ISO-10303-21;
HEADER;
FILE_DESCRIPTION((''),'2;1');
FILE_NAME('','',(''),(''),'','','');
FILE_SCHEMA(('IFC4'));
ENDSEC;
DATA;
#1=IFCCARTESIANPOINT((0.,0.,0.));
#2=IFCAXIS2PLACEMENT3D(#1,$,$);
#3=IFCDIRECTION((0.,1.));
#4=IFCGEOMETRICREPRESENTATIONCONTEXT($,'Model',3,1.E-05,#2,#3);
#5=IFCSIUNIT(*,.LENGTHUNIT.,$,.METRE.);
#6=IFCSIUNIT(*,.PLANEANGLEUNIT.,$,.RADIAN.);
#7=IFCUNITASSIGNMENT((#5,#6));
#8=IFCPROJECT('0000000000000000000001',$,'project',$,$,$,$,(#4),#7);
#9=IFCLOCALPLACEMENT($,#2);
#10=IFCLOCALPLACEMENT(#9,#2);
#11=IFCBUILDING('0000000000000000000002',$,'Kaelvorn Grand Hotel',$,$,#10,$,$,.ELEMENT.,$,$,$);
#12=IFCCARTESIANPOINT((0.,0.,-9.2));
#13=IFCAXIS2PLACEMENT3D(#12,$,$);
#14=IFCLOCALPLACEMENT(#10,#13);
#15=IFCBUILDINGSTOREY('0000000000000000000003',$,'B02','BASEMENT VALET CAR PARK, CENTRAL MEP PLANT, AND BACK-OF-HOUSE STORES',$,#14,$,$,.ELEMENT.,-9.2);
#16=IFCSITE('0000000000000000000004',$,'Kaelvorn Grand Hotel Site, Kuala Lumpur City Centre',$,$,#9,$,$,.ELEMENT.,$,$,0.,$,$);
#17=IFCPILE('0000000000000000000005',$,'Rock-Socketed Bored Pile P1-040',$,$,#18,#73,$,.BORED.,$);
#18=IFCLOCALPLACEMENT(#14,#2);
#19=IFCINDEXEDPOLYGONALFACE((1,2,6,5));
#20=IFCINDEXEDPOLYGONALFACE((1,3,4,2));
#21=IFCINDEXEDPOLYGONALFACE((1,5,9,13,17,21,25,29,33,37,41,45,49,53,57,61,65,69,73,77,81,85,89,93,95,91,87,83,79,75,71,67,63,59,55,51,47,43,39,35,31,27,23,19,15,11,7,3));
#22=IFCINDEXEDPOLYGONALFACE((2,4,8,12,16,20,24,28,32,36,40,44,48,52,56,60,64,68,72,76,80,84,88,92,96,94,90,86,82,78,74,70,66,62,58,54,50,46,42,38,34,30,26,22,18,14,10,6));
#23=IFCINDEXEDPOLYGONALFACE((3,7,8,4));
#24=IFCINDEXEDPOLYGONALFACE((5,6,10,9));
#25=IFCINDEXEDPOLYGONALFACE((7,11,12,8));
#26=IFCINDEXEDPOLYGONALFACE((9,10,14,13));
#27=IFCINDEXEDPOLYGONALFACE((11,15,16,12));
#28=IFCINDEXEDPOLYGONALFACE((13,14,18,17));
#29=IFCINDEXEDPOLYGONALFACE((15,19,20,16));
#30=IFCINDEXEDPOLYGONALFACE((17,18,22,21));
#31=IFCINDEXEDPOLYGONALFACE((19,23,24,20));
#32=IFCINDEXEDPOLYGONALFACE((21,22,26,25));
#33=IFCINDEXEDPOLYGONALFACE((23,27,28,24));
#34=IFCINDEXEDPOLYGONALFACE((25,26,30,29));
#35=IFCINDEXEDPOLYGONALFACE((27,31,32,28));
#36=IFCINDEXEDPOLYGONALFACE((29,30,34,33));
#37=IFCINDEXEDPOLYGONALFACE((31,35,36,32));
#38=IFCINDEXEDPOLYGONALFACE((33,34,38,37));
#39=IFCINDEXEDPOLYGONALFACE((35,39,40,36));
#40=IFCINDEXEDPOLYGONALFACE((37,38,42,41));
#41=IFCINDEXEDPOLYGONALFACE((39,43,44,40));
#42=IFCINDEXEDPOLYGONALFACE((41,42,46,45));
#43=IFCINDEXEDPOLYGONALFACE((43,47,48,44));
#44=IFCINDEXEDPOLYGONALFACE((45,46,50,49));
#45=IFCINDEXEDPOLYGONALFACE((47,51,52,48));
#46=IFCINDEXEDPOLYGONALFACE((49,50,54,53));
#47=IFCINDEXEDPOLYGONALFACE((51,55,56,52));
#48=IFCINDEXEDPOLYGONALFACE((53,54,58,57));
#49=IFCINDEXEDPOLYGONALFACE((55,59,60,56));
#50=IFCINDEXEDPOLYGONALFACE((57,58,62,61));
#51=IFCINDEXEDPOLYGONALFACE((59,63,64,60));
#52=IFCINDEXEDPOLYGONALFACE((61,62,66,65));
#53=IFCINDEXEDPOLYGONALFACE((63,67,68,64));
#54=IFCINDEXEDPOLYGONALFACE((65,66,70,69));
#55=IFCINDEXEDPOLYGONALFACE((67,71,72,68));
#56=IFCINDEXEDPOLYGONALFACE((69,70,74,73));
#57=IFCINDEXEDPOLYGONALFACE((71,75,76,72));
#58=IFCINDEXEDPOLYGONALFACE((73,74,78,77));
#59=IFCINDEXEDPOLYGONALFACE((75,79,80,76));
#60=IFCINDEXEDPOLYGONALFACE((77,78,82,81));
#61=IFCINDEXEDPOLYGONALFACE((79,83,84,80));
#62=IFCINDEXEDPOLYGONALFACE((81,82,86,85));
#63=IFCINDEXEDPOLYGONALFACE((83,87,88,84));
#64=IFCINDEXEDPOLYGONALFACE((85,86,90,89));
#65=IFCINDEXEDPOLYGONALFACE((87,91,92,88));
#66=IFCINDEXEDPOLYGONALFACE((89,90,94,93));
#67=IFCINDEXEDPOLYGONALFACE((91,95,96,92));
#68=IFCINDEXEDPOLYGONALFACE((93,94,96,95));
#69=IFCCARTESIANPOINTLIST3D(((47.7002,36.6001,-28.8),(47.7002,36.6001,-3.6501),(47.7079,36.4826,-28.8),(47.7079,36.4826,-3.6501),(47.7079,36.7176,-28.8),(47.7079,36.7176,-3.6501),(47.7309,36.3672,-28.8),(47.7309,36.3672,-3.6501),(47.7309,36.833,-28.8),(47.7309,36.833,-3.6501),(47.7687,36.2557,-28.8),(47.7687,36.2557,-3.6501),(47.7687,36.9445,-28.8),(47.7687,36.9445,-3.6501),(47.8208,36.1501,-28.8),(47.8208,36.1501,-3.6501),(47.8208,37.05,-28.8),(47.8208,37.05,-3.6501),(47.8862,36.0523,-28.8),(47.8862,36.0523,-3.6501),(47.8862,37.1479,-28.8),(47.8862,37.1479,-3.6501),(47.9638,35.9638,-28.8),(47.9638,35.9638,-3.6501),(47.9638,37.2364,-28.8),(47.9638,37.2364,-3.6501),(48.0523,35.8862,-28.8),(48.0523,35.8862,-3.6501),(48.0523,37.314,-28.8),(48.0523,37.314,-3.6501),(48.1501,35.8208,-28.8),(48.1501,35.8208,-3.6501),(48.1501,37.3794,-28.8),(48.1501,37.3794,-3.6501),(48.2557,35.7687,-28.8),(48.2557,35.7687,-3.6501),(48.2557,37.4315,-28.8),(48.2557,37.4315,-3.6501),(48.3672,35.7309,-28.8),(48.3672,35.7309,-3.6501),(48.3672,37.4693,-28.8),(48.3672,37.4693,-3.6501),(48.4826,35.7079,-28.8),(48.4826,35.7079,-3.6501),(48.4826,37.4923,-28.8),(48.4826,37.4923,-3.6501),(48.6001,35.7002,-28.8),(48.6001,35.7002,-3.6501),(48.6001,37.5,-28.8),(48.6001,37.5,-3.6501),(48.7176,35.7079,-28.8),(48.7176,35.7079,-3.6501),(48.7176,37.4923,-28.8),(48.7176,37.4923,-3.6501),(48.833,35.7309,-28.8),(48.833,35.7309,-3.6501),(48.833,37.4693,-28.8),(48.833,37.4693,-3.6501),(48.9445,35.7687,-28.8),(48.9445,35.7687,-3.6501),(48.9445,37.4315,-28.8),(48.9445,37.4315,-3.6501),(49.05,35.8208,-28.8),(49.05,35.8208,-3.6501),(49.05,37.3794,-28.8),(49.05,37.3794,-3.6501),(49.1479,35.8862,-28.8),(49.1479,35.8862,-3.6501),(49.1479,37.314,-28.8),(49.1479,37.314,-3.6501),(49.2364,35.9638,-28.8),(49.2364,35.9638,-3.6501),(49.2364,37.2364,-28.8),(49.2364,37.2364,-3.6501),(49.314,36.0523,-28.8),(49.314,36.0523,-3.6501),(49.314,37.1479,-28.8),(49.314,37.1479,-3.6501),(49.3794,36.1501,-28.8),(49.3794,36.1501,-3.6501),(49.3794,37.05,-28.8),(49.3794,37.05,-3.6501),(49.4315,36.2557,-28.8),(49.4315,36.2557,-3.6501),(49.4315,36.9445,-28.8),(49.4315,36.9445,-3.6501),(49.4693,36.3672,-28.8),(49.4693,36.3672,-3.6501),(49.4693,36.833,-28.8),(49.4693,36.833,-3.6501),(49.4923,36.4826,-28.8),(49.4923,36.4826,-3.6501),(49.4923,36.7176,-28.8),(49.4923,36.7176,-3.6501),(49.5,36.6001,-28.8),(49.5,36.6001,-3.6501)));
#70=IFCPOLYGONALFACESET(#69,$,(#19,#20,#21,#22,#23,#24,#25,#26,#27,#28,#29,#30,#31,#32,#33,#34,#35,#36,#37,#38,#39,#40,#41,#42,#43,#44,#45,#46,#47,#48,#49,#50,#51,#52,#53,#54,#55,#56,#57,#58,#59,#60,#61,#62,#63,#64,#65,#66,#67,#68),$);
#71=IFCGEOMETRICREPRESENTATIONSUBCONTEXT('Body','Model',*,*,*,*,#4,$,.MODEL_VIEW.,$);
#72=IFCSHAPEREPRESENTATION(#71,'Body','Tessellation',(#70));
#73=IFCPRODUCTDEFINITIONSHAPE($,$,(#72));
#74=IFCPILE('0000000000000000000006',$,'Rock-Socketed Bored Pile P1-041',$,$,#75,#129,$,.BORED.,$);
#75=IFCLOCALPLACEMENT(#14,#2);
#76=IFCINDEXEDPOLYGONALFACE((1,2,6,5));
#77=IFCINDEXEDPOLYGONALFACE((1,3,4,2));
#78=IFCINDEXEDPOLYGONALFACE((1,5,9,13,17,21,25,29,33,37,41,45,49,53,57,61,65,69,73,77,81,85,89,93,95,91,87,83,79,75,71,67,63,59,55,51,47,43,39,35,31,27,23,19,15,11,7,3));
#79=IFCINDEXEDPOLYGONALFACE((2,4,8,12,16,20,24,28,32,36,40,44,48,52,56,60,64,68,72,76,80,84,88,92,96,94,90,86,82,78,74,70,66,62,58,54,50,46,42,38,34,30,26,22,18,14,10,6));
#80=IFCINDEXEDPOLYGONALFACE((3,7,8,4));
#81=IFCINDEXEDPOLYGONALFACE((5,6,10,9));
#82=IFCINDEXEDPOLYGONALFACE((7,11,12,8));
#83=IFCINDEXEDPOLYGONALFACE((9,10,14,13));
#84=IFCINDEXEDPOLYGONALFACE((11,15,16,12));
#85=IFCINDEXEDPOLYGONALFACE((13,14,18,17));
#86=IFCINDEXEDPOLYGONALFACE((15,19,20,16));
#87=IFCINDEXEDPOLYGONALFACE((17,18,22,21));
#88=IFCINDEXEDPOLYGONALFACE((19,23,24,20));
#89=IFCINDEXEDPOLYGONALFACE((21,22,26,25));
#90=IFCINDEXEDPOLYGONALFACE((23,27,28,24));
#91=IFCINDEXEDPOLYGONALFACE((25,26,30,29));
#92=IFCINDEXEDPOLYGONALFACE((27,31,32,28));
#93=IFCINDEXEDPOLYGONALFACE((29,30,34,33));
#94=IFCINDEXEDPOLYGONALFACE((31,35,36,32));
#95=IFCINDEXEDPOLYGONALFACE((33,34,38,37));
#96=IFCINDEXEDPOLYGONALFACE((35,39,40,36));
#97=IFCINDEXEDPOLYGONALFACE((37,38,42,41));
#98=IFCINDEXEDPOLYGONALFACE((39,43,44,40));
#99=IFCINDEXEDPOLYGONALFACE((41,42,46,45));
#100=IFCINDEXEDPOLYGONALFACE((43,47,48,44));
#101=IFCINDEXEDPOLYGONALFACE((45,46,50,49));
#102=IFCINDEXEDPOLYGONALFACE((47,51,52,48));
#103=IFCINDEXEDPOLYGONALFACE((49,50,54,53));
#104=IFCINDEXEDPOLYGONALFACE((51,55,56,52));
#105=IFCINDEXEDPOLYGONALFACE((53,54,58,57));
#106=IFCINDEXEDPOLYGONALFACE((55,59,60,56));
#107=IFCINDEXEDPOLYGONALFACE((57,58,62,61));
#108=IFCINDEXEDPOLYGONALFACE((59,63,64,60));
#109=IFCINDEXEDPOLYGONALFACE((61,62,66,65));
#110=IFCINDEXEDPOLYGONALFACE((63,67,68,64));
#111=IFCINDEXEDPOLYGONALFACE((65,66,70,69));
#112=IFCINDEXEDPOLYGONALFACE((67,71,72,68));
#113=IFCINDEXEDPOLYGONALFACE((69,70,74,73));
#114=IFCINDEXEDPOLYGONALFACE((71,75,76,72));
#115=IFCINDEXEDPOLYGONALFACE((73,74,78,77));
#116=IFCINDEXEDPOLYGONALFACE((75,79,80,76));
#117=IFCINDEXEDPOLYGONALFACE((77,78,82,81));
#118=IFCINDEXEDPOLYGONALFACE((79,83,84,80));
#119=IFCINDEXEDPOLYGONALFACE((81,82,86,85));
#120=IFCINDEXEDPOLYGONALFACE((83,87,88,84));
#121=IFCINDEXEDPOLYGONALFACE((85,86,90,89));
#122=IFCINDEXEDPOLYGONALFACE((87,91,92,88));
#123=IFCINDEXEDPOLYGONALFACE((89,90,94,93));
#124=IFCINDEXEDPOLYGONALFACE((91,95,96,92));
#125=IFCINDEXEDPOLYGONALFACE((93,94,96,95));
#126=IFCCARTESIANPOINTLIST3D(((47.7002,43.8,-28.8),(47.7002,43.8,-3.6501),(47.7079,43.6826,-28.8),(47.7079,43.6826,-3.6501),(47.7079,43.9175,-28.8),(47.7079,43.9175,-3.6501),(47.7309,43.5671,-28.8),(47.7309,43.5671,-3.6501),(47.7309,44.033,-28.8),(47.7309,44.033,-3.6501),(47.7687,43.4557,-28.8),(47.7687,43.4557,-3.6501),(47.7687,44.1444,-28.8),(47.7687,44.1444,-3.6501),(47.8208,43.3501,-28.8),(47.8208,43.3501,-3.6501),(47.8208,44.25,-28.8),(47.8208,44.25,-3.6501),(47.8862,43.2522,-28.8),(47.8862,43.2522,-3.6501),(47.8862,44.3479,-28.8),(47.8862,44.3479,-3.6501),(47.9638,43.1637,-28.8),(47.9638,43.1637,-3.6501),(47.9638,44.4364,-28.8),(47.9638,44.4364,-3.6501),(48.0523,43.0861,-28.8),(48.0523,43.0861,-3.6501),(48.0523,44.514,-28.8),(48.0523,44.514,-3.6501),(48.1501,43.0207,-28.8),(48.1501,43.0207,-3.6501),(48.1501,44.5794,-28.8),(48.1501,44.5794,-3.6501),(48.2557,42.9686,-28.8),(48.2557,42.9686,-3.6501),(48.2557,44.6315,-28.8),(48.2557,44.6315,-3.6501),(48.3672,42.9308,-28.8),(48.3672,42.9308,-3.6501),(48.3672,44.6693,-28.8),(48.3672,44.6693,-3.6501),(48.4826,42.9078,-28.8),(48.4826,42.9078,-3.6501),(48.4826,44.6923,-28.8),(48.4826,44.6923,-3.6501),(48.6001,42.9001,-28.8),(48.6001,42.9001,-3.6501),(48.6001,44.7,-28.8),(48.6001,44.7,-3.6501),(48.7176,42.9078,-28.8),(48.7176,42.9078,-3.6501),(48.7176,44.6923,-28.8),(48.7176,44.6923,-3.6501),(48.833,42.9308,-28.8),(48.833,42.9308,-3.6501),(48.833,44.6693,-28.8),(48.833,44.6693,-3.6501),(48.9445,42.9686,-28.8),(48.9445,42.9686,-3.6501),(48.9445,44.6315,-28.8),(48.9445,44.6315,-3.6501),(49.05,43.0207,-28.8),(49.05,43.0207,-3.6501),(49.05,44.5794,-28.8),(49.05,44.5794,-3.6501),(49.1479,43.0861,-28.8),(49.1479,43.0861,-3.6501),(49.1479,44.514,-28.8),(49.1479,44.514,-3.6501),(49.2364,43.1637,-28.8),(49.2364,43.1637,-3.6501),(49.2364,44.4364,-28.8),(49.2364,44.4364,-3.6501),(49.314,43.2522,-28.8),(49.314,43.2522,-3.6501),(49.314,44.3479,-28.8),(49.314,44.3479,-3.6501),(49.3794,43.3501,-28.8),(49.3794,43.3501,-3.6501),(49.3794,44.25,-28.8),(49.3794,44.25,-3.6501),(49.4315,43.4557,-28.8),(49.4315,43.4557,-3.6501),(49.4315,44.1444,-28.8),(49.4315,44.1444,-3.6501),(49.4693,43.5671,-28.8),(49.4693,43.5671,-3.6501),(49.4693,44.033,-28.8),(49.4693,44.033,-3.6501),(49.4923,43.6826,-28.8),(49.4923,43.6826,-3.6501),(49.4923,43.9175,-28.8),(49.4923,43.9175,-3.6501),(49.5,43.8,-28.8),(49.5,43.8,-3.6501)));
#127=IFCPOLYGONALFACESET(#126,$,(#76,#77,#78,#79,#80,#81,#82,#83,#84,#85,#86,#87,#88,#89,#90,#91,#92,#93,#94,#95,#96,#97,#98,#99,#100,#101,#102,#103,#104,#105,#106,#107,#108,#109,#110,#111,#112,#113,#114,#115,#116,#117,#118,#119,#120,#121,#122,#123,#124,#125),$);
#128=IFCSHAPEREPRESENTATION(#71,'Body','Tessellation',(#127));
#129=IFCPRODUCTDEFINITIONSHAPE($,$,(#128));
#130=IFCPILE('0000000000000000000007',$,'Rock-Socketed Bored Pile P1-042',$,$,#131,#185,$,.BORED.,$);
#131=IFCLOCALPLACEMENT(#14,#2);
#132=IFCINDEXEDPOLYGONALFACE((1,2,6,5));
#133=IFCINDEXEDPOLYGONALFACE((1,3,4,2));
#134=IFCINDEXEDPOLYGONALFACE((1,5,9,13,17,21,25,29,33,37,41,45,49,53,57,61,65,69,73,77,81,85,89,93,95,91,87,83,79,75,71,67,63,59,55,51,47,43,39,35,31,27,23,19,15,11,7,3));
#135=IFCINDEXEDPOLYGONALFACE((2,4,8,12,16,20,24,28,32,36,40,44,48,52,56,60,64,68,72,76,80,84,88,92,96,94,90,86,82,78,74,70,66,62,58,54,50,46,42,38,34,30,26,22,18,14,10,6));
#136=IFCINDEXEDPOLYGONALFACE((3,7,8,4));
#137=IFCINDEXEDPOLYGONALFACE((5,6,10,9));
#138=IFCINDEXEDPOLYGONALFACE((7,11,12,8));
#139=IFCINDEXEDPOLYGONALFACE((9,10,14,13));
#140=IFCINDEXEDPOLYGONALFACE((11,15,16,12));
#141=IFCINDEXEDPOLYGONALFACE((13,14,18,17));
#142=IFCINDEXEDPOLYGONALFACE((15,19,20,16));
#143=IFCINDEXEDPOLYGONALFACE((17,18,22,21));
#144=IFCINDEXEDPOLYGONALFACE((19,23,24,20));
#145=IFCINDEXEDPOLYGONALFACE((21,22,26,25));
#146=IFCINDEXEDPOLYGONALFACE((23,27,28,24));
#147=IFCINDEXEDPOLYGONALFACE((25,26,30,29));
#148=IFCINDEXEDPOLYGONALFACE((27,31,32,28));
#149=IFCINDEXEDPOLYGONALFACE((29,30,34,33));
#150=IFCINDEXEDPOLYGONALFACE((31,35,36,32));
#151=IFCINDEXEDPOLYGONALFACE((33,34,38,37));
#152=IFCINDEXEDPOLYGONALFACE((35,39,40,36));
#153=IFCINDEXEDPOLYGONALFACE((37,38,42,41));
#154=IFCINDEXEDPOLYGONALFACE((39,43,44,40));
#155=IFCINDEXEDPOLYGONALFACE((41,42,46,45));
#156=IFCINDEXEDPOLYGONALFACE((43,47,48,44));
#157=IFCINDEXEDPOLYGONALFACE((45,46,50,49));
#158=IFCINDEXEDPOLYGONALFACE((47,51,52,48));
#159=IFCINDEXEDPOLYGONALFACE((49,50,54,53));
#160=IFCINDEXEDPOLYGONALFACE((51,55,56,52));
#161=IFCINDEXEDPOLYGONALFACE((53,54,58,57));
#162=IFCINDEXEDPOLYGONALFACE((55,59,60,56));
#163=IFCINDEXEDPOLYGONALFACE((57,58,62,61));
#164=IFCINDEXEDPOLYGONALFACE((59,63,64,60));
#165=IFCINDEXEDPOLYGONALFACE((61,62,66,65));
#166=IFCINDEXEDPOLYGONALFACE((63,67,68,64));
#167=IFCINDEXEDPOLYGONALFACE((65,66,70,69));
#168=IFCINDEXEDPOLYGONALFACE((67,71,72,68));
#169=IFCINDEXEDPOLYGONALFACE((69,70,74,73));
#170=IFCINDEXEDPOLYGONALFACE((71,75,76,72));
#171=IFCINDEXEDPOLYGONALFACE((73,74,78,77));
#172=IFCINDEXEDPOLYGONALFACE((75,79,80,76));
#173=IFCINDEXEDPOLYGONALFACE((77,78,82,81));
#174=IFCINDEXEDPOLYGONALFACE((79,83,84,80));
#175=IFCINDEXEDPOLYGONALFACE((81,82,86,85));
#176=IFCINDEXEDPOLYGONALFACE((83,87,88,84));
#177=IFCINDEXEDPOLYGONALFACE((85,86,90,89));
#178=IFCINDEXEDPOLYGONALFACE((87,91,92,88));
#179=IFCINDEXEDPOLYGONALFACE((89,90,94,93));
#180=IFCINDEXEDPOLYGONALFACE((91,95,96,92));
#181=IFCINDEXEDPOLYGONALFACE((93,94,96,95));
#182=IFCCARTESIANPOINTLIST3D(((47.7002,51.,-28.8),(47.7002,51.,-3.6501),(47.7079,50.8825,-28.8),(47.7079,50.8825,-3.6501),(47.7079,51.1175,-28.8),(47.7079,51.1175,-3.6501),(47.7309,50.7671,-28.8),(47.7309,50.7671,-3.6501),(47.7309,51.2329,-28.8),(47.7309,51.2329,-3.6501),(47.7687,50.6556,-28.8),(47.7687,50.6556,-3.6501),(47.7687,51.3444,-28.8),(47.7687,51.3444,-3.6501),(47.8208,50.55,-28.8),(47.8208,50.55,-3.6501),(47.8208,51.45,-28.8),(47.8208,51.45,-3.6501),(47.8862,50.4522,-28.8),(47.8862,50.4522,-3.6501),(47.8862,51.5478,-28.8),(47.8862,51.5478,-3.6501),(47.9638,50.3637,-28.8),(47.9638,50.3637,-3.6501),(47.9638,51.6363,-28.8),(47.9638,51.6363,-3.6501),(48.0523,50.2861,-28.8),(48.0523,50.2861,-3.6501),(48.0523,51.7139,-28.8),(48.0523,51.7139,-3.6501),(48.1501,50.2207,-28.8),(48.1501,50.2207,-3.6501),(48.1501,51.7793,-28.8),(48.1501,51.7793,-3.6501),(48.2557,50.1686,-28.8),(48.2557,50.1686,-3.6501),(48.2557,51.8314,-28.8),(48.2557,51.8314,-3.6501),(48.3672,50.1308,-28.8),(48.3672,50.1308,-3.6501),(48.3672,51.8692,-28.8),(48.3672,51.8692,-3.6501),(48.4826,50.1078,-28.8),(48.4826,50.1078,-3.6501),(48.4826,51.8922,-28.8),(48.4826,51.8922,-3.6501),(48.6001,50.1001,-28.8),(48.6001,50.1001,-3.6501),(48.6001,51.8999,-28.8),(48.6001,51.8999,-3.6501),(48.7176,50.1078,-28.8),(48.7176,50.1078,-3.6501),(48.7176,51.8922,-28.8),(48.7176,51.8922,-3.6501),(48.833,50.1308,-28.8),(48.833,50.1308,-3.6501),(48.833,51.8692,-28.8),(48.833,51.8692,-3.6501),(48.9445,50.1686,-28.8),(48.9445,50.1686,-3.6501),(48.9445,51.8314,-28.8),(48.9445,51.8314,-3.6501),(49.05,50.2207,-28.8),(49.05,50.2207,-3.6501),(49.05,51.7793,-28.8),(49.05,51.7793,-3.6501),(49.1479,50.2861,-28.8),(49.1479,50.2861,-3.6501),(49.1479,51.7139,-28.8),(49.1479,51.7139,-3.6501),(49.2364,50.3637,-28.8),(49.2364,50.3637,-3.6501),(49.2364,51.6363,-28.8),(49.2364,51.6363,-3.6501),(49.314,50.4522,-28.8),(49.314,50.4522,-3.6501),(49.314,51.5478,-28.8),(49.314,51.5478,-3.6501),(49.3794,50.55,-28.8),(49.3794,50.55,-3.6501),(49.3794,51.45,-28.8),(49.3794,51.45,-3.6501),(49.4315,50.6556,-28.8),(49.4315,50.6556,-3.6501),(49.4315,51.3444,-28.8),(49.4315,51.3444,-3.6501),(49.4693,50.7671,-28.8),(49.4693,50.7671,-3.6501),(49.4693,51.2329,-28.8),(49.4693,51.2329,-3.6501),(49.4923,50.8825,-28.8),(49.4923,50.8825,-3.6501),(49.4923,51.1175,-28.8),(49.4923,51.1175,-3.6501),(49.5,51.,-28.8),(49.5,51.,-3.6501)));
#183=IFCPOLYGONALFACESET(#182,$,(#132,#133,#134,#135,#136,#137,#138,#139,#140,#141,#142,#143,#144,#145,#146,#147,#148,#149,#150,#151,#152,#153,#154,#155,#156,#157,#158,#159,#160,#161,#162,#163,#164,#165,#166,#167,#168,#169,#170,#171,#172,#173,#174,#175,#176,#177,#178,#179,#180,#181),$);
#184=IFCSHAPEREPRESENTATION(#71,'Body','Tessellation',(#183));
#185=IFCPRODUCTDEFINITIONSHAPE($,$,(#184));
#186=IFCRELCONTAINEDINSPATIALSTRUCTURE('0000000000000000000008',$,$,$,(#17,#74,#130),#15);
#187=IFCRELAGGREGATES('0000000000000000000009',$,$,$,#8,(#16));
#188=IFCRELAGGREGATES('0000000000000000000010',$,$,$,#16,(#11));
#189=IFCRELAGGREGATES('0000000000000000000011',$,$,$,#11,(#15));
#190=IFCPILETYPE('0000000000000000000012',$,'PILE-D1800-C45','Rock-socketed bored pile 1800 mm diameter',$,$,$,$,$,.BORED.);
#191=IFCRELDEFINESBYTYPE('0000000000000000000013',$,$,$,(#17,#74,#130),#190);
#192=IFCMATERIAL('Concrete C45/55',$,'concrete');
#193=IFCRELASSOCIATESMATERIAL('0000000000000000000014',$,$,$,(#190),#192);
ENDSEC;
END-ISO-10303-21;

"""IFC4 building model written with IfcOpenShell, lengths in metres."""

from ifc_helpers import new_model, si_unit, direction, frame, origin, origin_2d, place, context, subcontext, project, spatial, circle, extrude, material, material_profile, profile_set, type_object, element, save


model = new_model("IFC4")

# Units and contexts
model_context = context("Model", 3, precision=1e-05, world=origin(), true_north=direction((0.0, 1.0)))
body_context = subcontext(model_context, "Body", "Model", "MODEL_VIEW")
ifc_project = project(units=[si_unit("LENGTHUNIT", "METRE"), si_unit("PLANEANGLEUNIT", "RADIAN")], contexts=[model_context])

# Site, building, storey
site_placement = place(None, origin())
site = spatial("IfcSite", under=ifc_project, at=site_placement, Name="Kaelvorn Grand Hotel Site, Kuala Lumpur City Centre", CompositionType="ELEMENT", RefElevation=0.0)
building_placement = place(site_placement, origin())
building = spatial("IfcBuilding", under=site, at=building_placement, Name="Kaelvorn Grand Hotel", CompositionType="ELEMENT")
storey_placement = place(building_placement, frame((0.0, 0.0, -9.2)))
storey = spatial("IfcBuildingStorey", under=building, at=storey_placement, Name="B02", Description="BASEMENT VALET CAR PARK, CENTRAL MEP PLANT, AND BACK-OF-HOUSE STORES", CompositionType="ELEMENT", Elevation=-9.2)

# Piles
ifc_material_1 = material(Name="Concrete C45/55", Category="concrete")
ifc_material_profile_1 = material_profile(ifc_material_1, circle(Radius=0.8999, at=origin_2d()), Name="BORED PILE D1800")
ifc_profile_set_1 = profile_set([ifc_material_profile_1], Name="Concrete C45/55")
pile_type = type_object("IfcPileType", Name="PILE-D1800-C45", Description="Rock-socketed bored pile 1800 mm diameter", PredefinedType="BORED", material=ifc_profile_set_1)
for number, where, z_axis, x_axis, name in (
    (1, (48.6001, 36.6001, -3.6501), (0.0, 0.0, -1.0), (1.0, 0.0, 0.0), "Rock-Socketed Bored Pile P1-040"),
    (2, (48.6001, 43.8, -3.6501), (0.0, 0.0, -1.0), (1.0, 0.0, 0.0), "Rock-Socketed Bored Pile P1-041"),
    (3, (48.6001, 51.0, -3.6501), (0.0, 0.0, -1.0), (1.0, 0.0, 0.0), "Rock-Socketed Bored Pile P1-042"),
):
    element("IfcPile", number, at=place(storey_placement, frame(where, z_axis=z_axis, x_axis=x_axis)), inside=storey, type_object=pile_type, Name=name, PredefinedType="BORED", context=body_context, shape_type="SweptSolid", body=[
        extrude(circle(Radius=0.8999, at=origin_2d()), origin(), (0.0, 0.0, 1.0), 25.1499),
    ])

save(model, "model.ifc")
